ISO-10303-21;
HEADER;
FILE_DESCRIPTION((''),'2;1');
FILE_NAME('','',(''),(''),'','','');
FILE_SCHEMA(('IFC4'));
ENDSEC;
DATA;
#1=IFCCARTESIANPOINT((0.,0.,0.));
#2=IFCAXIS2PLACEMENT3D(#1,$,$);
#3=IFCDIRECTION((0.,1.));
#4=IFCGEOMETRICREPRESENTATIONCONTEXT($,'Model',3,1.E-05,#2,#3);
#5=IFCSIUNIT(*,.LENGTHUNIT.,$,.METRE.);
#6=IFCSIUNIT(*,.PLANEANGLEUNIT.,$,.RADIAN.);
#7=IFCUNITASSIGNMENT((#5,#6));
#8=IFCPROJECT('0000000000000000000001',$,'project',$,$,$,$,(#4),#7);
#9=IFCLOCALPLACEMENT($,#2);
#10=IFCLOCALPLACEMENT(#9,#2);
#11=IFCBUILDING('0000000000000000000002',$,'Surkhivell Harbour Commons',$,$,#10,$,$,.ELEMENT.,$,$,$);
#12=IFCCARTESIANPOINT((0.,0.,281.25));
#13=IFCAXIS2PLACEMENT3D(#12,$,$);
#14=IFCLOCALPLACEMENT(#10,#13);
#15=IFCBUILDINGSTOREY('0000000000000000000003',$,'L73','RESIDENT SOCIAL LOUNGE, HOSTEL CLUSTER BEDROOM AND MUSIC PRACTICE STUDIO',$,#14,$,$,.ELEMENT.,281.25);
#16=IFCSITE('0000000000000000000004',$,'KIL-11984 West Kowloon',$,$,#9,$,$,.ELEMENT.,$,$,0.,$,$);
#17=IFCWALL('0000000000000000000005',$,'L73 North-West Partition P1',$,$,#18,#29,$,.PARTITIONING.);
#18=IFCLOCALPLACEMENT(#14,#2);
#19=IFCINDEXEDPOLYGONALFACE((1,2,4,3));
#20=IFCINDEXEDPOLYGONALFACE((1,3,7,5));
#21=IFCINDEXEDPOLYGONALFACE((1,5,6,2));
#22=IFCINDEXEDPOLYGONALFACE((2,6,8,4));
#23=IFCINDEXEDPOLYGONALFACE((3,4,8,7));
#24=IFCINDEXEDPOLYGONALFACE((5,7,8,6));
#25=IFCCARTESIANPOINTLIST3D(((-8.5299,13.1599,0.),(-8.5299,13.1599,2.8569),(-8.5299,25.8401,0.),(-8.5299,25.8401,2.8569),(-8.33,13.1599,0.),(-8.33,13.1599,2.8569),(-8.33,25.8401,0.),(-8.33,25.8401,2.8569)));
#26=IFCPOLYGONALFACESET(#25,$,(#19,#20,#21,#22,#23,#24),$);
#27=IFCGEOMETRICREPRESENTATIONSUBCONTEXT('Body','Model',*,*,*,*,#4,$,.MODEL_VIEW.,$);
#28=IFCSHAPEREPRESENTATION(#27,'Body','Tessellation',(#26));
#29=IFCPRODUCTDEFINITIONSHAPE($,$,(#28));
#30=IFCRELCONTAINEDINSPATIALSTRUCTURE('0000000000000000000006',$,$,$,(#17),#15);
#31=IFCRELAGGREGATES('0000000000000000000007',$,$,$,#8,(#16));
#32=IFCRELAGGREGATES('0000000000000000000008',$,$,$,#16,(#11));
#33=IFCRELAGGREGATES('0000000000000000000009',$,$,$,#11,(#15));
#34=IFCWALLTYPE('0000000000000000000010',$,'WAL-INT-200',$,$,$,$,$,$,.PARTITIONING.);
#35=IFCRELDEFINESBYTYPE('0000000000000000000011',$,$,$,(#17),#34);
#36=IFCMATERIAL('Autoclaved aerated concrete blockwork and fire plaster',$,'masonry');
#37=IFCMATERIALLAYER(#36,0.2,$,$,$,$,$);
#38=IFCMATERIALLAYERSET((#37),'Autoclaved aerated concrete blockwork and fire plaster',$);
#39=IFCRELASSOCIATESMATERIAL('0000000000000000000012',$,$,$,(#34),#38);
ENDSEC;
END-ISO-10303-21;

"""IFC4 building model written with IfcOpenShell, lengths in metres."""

from ifc_helpers import new_model, si_unit, direction, frame, frame_2d, origin, place, context, subcontext, project, spatial, rectangle, extrude, material, layer, layer_set, type_object, element, save


model = new_model("IFC4")

# Units and contexts
model_context = context("Model", 3, precision=1e-05, world=origin(), true_north=direction((0.0, 1.0)))
body_context = subcontext(model_context, "Body", "Model", "MODEL_VIEW")
ifc_project = project(units=[si_unit("LENGTHUNIT", "METRE"), si_unit("PLANEANGLEUNIT", "RADIAN")], contexts=[model_context])

# Site, building, storey
site_placement = place(None, origin())
site = spatial("IfcSite", under=ifc_project, at=site_placement, Name="KIL-11984 West Kowloon", CompositionType="ELEMENT", RefElevation=0.0)
building_placement = place(site_placement, origin())
building = spatial("IfcBuilding", under=site, at=building_placement, Name="Surkhivell Harbour Commons", CompositionType="ELEMENT")
storey_placement = place(building_placement, frame((0.0, 0.0, 281.25)))
storey = spatial("IfcBuildingStorey", under=building, at=storey_placement, Name="L73", Description="RESIDENT SOCIAL LOUNGE, HOSTEL CLUSTER BEDROOM AND MUSIC PRACTICE STUDIO", CompositionType="ELEMENT", Elevation=281.25)

# Shared definitions
ifc_material_1 = material(Name="Autoclaved aerated concrete blockwork and fire plaster", Category="masonry")
ifc_layer_1 = layer(ifc_material_1, 0.2)
ifc_layer_set_1 = layer_set([ifc_layer_1], Name="Autoclaved aerated concrete blockwork and fire plaster")
wall_type_1 = type_object("IfcWallType", Name="WAL-INT-200", PredefinedType="PARTITIONING", material=ifc_layer_set_1)

# Wall
for number, where, z_axis, x_axis, name in (
    (1, (-8.4299, 13.1599, 0.0), (0.0, 0.0, 1.0), (0.0, 1.0, 0.0), "L73 North-West Partition P1"),
):
    element("IfcWall", number, at=place(storey_placement, frame(where, z_axis=z_axis, x_axis=x_axis)), inside=storey, type_object=wall_type_1, Name=name, PredefinedType="PARTITIONING", context=body_context, shape_type="SweptSolid", body=[
        extrude(rectangle(XDim=12.6802, YDim=0.2, at=frame_2d((6.3401, 0.0))), origin(), (0.0, 0.0, 1.0), 2.8569),
    ])

save(model, "model.ifc")
